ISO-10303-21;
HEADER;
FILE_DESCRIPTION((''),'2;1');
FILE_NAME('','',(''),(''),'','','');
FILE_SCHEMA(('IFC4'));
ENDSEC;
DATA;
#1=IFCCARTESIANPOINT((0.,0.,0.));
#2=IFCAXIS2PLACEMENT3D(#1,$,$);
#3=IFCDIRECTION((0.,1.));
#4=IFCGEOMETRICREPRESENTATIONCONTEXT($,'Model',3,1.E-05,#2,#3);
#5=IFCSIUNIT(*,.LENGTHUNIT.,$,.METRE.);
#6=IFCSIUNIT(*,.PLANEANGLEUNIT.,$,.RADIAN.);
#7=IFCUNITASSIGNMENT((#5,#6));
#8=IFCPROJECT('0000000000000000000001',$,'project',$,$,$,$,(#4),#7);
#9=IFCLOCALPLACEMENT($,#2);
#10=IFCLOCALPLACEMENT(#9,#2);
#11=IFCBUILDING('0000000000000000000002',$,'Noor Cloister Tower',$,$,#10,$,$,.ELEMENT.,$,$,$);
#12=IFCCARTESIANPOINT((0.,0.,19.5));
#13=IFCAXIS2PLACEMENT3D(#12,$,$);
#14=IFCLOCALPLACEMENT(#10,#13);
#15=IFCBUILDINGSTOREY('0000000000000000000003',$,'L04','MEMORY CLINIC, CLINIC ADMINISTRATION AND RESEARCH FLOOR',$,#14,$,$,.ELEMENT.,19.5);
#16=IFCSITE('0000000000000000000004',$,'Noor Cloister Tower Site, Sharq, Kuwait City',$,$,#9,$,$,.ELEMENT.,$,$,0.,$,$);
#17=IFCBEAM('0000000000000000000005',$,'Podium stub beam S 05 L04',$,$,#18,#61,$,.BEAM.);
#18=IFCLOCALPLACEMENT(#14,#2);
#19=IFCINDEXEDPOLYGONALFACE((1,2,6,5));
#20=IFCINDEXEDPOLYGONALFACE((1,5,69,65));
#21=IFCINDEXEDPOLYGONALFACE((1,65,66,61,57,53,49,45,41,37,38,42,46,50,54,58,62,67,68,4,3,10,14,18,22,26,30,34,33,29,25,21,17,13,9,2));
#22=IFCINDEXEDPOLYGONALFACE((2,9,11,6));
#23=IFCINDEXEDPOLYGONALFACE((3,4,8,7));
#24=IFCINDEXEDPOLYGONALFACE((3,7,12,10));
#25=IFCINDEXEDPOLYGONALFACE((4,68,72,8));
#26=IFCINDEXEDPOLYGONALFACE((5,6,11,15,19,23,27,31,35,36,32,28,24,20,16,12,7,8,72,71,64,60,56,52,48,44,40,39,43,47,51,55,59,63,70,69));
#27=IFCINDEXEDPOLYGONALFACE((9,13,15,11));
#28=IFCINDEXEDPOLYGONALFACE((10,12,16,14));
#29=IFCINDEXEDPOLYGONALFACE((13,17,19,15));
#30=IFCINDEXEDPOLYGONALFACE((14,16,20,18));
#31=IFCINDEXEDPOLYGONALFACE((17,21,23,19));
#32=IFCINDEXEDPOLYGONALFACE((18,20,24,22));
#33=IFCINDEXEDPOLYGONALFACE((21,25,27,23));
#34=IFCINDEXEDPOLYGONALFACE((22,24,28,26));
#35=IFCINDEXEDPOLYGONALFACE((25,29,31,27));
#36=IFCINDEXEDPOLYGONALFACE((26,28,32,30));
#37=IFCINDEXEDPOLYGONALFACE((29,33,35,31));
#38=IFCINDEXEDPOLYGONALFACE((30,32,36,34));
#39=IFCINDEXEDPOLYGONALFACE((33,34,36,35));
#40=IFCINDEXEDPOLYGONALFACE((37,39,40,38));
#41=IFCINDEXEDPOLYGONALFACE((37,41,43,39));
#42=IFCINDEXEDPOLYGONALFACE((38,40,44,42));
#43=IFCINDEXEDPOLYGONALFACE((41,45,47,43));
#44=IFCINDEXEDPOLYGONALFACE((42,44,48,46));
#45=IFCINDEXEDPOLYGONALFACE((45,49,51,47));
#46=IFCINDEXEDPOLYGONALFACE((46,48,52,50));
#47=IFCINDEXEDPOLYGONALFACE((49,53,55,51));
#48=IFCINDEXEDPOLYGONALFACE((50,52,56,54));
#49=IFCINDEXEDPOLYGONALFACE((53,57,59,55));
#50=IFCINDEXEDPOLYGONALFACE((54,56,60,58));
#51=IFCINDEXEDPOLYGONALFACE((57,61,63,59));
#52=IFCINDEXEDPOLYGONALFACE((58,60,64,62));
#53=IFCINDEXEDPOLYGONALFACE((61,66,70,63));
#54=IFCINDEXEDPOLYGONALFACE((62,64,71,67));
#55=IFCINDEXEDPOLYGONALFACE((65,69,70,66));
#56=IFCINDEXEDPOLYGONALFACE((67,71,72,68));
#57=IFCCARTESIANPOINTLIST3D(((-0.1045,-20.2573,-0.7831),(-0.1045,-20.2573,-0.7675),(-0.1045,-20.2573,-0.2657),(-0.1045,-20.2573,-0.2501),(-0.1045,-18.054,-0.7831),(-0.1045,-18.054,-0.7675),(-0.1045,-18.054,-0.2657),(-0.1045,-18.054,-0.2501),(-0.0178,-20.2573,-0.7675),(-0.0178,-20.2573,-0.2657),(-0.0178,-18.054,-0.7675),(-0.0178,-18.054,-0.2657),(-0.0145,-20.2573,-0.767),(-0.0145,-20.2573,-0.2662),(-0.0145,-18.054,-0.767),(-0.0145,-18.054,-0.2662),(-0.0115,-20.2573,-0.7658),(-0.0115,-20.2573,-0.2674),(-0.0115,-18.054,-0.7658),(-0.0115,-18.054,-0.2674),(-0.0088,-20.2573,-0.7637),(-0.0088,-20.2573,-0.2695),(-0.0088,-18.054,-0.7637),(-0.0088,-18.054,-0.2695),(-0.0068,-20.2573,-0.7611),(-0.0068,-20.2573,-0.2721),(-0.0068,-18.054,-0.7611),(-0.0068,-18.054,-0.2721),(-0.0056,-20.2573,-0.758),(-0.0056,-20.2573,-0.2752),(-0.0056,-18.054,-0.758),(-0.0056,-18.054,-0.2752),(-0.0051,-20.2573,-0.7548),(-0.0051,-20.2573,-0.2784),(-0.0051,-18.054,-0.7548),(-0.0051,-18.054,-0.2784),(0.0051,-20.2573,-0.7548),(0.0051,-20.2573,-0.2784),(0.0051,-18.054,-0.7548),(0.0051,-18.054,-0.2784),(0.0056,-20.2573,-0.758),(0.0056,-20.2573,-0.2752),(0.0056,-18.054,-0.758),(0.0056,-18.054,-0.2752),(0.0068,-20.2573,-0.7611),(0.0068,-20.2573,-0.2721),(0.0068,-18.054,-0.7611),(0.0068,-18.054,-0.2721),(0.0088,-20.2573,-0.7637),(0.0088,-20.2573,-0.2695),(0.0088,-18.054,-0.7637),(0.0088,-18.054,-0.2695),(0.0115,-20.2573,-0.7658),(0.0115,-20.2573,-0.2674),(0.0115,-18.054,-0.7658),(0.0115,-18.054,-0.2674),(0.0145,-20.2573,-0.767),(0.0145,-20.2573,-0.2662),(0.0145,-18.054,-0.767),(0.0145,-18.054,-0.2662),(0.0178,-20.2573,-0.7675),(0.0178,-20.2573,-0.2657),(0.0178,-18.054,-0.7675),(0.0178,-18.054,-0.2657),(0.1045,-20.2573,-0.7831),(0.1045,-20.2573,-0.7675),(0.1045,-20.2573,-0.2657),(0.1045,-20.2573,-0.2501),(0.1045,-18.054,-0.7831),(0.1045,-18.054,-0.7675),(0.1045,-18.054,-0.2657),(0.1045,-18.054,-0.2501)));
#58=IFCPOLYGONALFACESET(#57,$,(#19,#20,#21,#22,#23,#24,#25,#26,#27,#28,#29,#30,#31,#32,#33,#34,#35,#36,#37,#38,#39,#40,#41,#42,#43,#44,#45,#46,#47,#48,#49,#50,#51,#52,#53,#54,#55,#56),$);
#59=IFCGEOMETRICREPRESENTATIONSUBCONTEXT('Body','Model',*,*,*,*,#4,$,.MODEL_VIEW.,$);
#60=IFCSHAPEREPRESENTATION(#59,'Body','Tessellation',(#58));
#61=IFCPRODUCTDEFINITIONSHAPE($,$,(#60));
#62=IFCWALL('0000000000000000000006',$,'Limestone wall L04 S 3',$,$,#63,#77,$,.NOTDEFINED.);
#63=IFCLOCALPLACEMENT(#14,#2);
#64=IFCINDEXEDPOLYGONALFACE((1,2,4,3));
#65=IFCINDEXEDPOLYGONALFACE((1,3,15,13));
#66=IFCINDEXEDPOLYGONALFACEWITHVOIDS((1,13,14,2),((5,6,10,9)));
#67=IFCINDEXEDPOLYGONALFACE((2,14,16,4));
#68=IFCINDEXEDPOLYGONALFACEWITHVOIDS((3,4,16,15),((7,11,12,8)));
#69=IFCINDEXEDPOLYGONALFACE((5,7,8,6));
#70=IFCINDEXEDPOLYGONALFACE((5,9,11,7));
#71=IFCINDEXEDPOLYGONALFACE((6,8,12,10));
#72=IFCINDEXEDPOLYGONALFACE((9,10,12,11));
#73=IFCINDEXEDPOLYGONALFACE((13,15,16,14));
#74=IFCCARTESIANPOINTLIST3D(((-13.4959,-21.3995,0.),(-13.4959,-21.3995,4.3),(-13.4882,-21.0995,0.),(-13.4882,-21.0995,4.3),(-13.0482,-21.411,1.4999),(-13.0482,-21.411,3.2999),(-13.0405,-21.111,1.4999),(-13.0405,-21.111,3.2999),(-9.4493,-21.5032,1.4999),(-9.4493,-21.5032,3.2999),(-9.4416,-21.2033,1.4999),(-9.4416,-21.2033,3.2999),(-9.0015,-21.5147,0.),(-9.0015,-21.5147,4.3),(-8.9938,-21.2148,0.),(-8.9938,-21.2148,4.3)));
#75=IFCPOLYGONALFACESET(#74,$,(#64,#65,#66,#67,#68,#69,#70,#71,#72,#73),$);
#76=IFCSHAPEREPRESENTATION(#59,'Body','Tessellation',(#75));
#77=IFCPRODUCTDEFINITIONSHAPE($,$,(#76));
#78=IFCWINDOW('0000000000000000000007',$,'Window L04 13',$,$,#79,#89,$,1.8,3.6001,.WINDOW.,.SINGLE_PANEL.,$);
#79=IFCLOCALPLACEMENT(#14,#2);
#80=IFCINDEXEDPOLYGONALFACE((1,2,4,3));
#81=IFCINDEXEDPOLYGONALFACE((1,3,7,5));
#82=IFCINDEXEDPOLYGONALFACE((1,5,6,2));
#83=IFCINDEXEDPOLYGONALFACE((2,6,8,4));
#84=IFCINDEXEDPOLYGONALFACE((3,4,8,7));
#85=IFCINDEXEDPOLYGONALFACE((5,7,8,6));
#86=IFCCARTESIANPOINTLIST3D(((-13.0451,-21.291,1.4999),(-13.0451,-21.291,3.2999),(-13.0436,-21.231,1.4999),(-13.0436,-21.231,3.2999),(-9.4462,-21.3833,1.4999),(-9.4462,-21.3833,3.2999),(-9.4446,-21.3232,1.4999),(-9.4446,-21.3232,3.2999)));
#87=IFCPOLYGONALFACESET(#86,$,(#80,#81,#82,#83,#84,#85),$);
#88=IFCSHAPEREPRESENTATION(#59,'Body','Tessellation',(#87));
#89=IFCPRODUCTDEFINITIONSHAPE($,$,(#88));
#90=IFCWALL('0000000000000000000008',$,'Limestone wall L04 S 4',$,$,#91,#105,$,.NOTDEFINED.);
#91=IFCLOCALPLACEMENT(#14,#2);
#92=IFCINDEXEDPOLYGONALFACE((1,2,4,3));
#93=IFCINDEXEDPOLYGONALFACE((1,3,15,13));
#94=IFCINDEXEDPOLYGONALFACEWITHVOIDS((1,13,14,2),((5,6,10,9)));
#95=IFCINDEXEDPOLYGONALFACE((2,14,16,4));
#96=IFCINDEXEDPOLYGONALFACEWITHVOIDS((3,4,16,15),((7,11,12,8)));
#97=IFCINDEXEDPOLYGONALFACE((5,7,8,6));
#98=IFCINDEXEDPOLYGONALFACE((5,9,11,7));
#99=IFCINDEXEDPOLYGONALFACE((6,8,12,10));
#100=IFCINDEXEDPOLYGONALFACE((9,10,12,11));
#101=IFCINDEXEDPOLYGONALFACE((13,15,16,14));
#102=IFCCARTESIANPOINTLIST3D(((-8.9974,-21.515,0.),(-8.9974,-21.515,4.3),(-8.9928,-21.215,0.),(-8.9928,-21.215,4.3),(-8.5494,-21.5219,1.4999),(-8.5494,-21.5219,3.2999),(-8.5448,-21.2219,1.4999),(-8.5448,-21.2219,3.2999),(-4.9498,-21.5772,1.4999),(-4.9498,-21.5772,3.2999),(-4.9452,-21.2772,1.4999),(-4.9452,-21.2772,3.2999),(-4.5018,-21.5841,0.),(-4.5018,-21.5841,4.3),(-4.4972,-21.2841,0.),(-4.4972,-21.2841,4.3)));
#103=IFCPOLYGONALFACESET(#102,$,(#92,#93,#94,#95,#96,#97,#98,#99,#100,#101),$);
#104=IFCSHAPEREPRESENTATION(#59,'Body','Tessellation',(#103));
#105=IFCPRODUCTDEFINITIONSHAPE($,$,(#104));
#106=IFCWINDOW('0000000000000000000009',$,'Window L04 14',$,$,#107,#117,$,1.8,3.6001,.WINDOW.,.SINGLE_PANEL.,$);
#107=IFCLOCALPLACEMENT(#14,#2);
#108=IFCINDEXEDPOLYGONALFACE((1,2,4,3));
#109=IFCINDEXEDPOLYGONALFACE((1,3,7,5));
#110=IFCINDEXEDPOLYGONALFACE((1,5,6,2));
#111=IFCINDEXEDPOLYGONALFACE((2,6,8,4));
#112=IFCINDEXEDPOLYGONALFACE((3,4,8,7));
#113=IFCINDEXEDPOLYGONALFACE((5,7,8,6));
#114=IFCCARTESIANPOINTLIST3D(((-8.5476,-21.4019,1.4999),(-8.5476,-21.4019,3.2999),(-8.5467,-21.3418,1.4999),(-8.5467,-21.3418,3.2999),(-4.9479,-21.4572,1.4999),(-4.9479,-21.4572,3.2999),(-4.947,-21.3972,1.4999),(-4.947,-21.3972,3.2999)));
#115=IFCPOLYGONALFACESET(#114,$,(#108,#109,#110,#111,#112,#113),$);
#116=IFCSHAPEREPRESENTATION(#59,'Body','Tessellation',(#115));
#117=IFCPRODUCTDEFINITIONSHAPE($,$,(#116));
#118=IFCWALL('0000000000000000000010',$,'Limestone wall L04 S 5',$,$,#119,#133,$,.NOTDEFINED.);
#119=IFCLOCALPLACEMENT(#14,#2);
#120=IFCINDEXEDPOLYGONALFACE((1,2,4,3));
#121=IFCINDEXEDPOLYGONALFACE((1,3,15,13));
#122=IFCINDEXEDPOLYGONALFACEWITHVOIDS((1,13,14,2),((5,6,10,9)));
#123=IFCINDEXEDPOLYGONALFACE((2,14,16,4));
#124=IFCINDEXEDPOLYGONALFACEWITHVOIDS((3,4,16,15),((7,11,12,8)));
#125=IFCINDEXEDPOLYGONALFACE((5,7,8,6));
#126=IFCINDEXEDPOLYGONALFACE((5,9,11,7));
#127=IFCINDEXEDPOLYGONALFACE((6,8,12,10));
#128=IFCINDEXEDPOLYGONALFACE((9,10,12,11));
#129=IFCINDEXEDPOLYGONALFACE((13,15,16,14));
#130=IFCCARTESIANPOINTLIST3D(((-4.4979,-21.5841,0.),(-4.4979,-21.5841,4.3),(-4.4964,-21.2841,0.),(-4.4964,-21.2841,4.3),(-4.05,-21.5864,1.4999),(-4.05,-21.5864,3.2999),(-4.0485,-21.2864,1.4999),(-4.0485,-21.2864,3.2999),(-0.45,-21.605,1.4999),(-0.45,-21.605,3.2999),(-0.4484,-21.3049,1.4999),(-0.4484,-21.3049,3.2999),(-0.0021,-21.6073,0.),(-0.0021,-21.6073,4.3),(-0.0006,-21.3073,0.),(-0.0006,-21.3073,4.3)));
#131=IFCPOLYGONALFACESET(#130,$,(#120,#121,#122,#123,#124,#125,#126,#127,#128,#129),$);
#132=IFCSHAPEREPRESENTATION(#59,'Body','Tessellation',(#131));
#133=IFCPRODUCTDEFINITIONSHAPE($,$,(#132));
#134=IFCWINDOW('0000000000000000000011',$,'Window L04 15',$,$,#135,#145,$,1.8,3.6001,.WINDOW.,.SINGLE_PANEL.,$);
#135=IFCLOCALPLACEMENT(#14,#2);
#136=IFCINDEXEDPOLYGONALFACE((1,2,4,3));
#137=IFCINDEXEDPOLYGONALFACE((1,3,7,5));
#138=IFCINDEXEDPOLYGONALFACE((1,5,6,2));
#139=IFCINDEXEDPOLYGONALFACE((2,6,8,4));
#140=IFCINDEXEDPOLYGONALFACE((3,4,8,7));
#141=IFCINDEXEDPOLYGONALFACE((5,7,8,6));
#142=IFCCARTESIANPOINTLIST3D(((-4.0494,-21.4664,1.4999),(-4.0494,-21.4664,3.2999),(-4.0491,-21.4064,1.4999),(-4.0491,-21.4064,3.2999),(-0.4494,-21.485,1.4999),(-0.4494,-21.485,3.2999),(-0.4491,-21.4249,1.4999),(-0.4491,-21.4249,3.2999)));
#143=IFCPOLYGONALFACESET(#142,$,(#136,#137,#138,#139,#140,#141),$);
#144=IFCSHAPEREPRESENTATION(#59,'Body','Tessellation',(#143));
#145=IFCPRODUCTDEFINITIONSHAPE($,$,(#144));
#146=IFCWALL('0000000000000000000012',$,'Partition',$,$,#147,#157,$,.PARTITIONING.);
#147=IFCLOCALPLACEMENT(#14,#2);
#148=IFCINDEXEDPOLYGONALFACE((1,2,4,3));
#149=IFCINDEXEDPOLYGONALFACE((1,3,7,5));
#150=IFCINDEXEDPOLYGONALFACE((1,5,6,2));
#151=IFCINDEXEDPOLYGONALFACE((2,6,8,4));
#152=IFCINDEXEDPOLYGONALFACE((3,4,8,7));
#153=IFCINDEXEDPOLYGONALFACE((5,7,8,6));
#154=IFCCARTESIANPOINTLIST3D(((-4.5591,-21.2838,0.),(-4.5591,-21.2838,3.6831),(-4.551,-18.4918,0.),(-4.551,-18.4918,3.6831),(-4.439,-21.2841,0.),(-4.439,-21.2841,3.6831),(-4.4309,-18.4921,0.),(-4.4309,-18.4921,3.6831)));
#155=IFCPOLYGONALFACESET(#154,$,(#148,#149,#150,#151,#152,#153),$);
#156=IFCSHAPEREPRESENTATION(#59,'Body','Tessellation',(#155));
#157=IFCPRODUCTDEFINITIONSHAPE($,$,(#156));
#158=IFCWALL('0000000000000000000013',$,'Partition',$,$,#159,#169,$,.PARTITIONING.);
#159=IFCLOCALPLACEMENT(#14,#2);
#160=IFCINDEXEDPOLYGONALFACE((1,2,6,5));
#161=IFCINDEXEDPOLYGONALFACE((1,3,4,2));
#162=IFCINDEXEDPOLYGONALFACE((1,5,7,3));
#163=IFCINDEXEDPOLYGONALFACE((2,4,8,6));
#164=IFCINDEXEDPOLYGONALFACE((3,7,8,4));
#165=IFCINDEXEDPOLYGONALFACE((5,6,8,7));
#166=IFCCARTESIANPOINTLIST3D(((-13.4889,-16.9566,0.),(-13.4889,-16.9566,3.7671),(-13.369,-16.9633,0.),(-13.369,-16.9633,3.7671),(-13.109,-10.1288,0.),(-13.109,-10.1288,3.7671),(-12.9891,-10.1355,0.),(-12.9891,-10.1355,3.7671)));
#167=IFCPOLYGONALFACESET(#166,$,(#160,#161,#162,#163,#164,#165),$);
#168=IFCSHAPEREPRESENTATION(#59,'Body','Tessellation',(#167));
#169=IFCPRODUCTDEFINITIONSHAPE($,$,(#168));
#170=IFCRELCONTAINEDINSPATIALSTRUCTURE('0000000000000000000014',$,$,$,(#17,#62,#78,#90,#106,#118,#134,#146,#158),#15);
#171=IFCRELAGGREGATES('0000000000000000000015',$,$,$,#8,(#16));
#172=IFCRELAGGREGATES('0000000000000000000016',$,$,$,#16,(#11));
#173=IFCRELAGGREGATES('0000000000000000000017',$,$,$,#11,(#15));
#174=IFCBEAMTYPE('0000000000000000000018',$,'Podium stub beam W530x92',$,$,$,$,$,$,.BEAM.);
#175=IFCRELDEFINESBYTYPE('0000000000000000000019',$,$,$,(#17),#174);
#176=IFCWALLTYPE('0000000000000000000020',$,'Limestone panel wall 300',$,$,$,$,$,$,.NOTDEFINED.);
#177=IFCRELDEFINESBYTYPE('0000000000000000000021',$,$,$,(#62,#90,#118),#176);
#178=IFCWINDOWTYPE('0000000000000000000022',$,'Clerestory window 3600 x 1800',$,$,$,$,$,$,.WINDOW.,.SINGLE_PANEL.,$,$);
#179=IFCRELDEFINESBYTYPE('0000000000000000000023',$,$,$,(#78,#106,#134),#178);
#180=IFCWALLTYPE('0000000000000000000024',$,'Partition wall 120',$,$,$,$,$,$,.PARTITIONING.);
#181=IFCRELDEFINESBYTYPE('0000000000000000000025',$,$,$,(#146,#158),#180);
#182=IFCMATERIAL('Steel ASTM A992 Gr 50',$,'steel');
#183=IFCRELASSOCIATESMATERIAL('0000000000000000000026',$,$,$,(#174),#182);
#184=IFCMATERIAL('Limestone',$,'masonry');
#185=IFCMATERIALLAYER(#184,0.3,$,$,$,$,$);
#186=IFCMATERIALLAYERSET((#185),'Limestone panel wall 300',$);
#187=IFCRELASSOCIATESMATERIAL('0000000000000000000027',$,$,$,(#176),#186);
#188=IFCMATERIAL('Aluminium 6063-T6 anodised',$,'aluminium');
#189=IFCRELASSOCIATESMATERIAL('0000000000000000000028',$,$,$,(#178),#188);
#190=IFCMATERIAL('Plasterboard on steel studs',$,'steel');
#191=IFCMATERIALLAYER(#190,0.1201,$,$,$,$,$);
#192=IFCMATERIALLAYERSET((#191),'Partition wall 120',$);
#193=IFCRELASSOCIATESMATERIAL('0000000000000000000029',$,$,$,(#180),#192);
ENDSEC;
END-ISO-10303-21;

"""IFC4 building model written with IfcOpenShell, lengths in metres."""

from ifc_helpers import new_model, si_unit, direction, frame, frame_2d, origin, origin_2d, place, context, subcontext, project, spatial, rectangle, i_section, extrude, material, layer, layer_set, material_profile, profile_set, type_object, element, fill, save


model = new_model("IFC4")

# Units and contexts
model_context = context("Model", 3, precision=1e-05, world=origin(), true_north=direction((0.0, 1.0)))
body_context = subcontext(model_context, "Body", "Model", "MODEL_VIEW")
ifc_project = project(units=[si_unit("LENGTHUNIT", "METRE"), si_unit("PLANEANGLEUNIT", "RADIAN")], contexts=[model_context])

# Site, building, storey
site_placement = place(None, origin())
site = spatial("IfcSite", under=ifc_project, at=site_placement, Name="Noor Cloister Tower Site, Sharq, Kuwait City", CompositionType="ELEMENT", RefElevation=0.0)
building_placement = place(site_placement, origin())
building = spatial("IfcBuilding", under=site, at=building_placement, Name="Noor Cloister Tower", CompositionType="ELEMENT")
storey_placement = place(building_placement, frame((0.0, 0.0, 19.5)))
storey = spatial("IfcBuildingStorey", under=building, at=storey_placement, Name="L04", Description="MEMORY CLINIC, CLINIC ADMINISTRATION AND RESEARCH FLOOR", CompositionType="ELEMENT", Elevation=19.5)

# Beam
ifc_material_1 = material(Name="Steel ASTM A992 Gr 50", Category="steel")
ifc_material_profile_1 = material_profile(ifc_material_1, i_section(OverallWidth=0.209, OverallDepth=0.533, WebThickness=0.0103, FlangeThickness=0.0156, FilletRadius=0.0127, at=origin_2d()), Name="W530x92")
ifc_profile_set_1 = profile_set([ifc_material_profile_1], Name="Steel ASTM A992 Gr 50")
beam_type_1 = type_object("IfcBeamType", Name="Podium stub beam W530x92", PredefinedType="BEAM", material=ifc_profile_set_1)
beam_1_placement = place(storey_placement, frame((0.0, -18.054, -0.5166), z_axis=(0.0, -1.0, 0.0), x_axis=(1.0, 0.0, 0.0)))
element("IfcBeam", 1, at=beam_1_placement, inside=storey, type_object=beam_type_1, Name="Podium stub beam S 05 L04", PredefinedType="BEAM", context=body_context, shape_type="SweptSolid", body=[
    extrude(i_section(OverallWidth=0.209, OverallDepth=0.533, WebThickness=0.0103, FlangeThickness=0.0156, FilletRadius=0.0127, at=origin_2d()), origin(), (0.0, 0.0, 1.0), 2.2034),
])

# Walls, openings, windows
ifc_material_2 = material(Name="Limestone", Category="masonry")
ifc_layer_1 = layer(ifc_material_2, 0.3)
ifc_layer_set_1 = layer_set([ifc_layer_1], Name="Limestone panel wall 300")
wall_type_1 = type_object("IfcWallType", Name="Limestone panel wall 300", PredefinedType="NOTDEFINED", material=ifc_layer_set_1)
wall_1_placement = place(storey_placement, frame((-8.9976, -21.3647, 0.0), z_axis=(0.0, 0.0, 1.0), x_axis=(-0.999671, 0.025631, 0.0)))
wall_1 = element("IfcWall", 2, at=wall_1_placement, inside=storey, type_object=wall_type_1, Name="Limestone wall L04 S 3", PredefinedType="NOTDEFINED", context=body_context, shape_type="SweptSolid", body=[
    extrude(rectangle(XDim=4.4958, YDim=0.3, at=frame_2d((2.248, 0.0))), origin(), (0.0, 0.0, 1.0), 4.3),
])
opening_1_placement = place(wall_1_placement, frame((0.448, 0.0, 1.5)))
opening_1 = element("IfcOpeningElement", 3, at=opening_1_placement, cuts=wall_1, PredefinedType="OPENING", context=body_context, shape_type="SweptSolid", body=[
    extrude(rectangle(XDim=3.6001, YDim=1.8, at=frame_2d((1.8, 0.8999))), frame((0.0, 0.1602, 0.0), z_axis=(0.0, -1.0, 0.0), x_axis=(1.0, 0.0, 0.0)), (0.0, 0.0, 1.0), 0.3201),
])
ifc_material_3 = material(Name="Aluminium 6063-T6 anodised", Category="aluminium")
window_type = type_object("IfcWindowType", Name="Clerestory window 3600 x 1800", PartitioningType="SINGLE_PANEL", PredefinedType="WINDOW", material=ifc_material_3)
window_1_placement = place(opening_1_placement, origin())
window_1 = element("IfcWindow", 4, at=window_1_placement, inside=storey, type_object=window_type, Name="Window L04 13", OverallHeight=1.8, OverallWidth=3.6001, PartitioningType="SINGLE_PANEL", PredefinedType="WINDOW", context=body_context, shape_type="SweptSolid", body=[
    extrude(rectangle(XDim=3.6001, YDim=1.8, at=frame_2d((1.8, 0.8999))), frame((0.0, 0.03, 0.0), z_axis=(0.0, -1.0, 0.0), x_axis=(1.0, 0.0, 0.0)), (0.0, 0.0, 1.0), 0.0601),
])
fill(opening_1, window_1)
wall_2_placement = place(storey_placement, frame((-4.4995, -21.4341, 0.0), z_axis=(0.0, 0.0, 1.0), x_axis=(-0.999882, 0.015367, 0.0)))
wall_2 = element("IfcWall", 5, at=wall_2_placement, inside=storey, type_object=wall_type_1, Name="Limestone wall L04 S 4", PredefinedType="NOTDEFINED", context=body_context, shape_type="SweptSolid", body=[
    extrude(rectangle(XDim=4.4961, YDim=0.3, at=frame_2d((2.248, 0.0))), origin(), (0.0, 0.0, 1.0), 4.3),
])
opening_2_placement = place(wall_2_placement, frame((0.448, 0.0, 1.5)))
opening_2 = element("IfcOpeningElement", 6, at=opening_2_placement, cuts=wall_2, PredefinedType="OPENING", context=body_context, shape_type="SweptSolid", body=[
    extrude(rectangle(XDim=3.6001, YDim=1.8, at=frame_2d((1.8, 0.8999))), frame((0.0, 0.1602, 0.0), z_axis=(0.0, -1.0, 0.0), x_axis=(1.0, 0.0, 0.0)), (0.0, 0.0, 1.0), 0.3201),
])
window_2_placement = place(opening_2_placement, origin())
window_2 = element("IfcWindow", 7, at=window_2_placement, inside=storey, type_object=window_type, Name="Window L04 14", OverallHeight=1.8, OverallWidth=3.6001, PartitioningType="SINGLE_PANEL", PredefinedType="WINDOW", context=body_context, shape_type="SweptSolid", body=[
    extrude(rectangle(XDim=3.6001, YDim=1.8, at=frame_2d((1.8, 0.8999))), frame((0.0, 0.03, 0.0), z_axis=(0.0, -1.0, 0.0), x_axis=(1.0, 0.0, 0.0)), (0.0, 0.0, 1.0), 0.0601),
])
fill(opening_2, window_2)
wall_3_placement = place(storey_placement, frame((-0.0012, -21.4573, 0.0), z_axis=(0.0, 0.0, 1.0), x_axis=(-0.999987, 0.005159, 0.0)))
wall_3 = element("IfcWall", 8, at=wall_3_placement, inside=storey, type_object=wall_type_1, Name="Limestone wall L04 S 5", PredefinedType="NOTDEFINED", context=body_context, shape_type="SweptSolid", body=[
    extrude(rectangle(XDim=4.4958, YDim=0.3, at=frame_2d((2.248, 0.0))), origin(), (0.0, 0.0, 1.0), 4.3),
])
opening_3_placement = place(wall_3_placement, frame((0.448, 0.0, 1.5)))
opening_3 = element("IfcOpeningElement", 9, at=opening_3_placement, cuts=wall_3, PredefinedType="OPENING", context=body_context, shape_type="SweptSolid", body=[
    extrude(rectangle(XDim=3.6001, YDim=1.8, at=frame_2d((1.8, 0.8999))), frame((0.0, 0.1602, 0.0), z_axis=(0.0, -1.0, 0.0), x_axis=(1.0, 0.0, 0.0)), (0.0, 0.0, 1.0), 0.3201),
])
window_3_placement = place(opening_3_placement, origin())
window_3 = element("IfcWindow", 10, at=window_3_placement, inside=storey, type_object=window_type, Name="Window L04 15", OverallHeight=1.8, OverallWidth=3.6001, PartitioningType="SINGLE_PANEL", PredefinedType="WINDOW", context=body_context, shape_type="SweptSolid", body=[
    extrude(rectangle(XDim=3.6001, YDim=1.8, at=frame_2d((1.8, 0.8999))), frame((0.0, 0.03, 0.0), z_axis=(0.0, -1.0, 0.0), x_axis=(1.0, 0.0, 0.0)), (0.0, 0.0, 1.0), 0.0601),
])
fill(opening_3, window_3)

# Walls
ifc_material_4 = material(Name="Plasterboard on steel studs", Category="steel")
ifc_layer_2 = layer(ifc_material_4, 0.1201)
ifc_layer_set_2 = layer_set([ifc_layer_2], Name="Partition wall 120")
wall_type_2 = type_object("IfcWallType", Name="Partition wall 120", PredefinedType="PARTITIONING", material=ifc_layer_set_2)
wall_4_placement = place(storey_placement, frame((-4.491, -18.4919, 0.0), z_axis=(0.0, 0.0, 1.0), x_axis=(-0.002886, -0.999996, 0.0)))
element("IfcWall", 11, at=wall_4_placement, inside=storey, type_object=wall_type_2, Name="Partition", PredefinedType="PARTITIONING", context=body_context, shape_type="SweptSolid", body=[
    extrude(rectangle(XDim=2.792, YDim=0.1201, at=frame_2d((1.396, 0.0))), origin(), (0.0, 0.0, 1.0), 3.6831),
])
wall_5_placement = place(storey_placement, frame((-13.429, -16.96, 0.0), z_axis=(0.0, 0.0, 1.0), x_axis=(0.055551, 0.998456, 0.0)))
element("IfcWall", 12, at=wall_5_placement, inside=storey, type_object=wall_type_2, Name="Partition", PredefinedType="PARTITIONING", context=body_context, shape_type="SweptSolid", body=[
    extrude(rectangle(XDim=6.8384, YDim=0.1201, at=frame_2d((3.4192, 0.0))), origin(), (0.0, 0.0, 1.0), 3.7671),
])

save(model, "model.ifc")
